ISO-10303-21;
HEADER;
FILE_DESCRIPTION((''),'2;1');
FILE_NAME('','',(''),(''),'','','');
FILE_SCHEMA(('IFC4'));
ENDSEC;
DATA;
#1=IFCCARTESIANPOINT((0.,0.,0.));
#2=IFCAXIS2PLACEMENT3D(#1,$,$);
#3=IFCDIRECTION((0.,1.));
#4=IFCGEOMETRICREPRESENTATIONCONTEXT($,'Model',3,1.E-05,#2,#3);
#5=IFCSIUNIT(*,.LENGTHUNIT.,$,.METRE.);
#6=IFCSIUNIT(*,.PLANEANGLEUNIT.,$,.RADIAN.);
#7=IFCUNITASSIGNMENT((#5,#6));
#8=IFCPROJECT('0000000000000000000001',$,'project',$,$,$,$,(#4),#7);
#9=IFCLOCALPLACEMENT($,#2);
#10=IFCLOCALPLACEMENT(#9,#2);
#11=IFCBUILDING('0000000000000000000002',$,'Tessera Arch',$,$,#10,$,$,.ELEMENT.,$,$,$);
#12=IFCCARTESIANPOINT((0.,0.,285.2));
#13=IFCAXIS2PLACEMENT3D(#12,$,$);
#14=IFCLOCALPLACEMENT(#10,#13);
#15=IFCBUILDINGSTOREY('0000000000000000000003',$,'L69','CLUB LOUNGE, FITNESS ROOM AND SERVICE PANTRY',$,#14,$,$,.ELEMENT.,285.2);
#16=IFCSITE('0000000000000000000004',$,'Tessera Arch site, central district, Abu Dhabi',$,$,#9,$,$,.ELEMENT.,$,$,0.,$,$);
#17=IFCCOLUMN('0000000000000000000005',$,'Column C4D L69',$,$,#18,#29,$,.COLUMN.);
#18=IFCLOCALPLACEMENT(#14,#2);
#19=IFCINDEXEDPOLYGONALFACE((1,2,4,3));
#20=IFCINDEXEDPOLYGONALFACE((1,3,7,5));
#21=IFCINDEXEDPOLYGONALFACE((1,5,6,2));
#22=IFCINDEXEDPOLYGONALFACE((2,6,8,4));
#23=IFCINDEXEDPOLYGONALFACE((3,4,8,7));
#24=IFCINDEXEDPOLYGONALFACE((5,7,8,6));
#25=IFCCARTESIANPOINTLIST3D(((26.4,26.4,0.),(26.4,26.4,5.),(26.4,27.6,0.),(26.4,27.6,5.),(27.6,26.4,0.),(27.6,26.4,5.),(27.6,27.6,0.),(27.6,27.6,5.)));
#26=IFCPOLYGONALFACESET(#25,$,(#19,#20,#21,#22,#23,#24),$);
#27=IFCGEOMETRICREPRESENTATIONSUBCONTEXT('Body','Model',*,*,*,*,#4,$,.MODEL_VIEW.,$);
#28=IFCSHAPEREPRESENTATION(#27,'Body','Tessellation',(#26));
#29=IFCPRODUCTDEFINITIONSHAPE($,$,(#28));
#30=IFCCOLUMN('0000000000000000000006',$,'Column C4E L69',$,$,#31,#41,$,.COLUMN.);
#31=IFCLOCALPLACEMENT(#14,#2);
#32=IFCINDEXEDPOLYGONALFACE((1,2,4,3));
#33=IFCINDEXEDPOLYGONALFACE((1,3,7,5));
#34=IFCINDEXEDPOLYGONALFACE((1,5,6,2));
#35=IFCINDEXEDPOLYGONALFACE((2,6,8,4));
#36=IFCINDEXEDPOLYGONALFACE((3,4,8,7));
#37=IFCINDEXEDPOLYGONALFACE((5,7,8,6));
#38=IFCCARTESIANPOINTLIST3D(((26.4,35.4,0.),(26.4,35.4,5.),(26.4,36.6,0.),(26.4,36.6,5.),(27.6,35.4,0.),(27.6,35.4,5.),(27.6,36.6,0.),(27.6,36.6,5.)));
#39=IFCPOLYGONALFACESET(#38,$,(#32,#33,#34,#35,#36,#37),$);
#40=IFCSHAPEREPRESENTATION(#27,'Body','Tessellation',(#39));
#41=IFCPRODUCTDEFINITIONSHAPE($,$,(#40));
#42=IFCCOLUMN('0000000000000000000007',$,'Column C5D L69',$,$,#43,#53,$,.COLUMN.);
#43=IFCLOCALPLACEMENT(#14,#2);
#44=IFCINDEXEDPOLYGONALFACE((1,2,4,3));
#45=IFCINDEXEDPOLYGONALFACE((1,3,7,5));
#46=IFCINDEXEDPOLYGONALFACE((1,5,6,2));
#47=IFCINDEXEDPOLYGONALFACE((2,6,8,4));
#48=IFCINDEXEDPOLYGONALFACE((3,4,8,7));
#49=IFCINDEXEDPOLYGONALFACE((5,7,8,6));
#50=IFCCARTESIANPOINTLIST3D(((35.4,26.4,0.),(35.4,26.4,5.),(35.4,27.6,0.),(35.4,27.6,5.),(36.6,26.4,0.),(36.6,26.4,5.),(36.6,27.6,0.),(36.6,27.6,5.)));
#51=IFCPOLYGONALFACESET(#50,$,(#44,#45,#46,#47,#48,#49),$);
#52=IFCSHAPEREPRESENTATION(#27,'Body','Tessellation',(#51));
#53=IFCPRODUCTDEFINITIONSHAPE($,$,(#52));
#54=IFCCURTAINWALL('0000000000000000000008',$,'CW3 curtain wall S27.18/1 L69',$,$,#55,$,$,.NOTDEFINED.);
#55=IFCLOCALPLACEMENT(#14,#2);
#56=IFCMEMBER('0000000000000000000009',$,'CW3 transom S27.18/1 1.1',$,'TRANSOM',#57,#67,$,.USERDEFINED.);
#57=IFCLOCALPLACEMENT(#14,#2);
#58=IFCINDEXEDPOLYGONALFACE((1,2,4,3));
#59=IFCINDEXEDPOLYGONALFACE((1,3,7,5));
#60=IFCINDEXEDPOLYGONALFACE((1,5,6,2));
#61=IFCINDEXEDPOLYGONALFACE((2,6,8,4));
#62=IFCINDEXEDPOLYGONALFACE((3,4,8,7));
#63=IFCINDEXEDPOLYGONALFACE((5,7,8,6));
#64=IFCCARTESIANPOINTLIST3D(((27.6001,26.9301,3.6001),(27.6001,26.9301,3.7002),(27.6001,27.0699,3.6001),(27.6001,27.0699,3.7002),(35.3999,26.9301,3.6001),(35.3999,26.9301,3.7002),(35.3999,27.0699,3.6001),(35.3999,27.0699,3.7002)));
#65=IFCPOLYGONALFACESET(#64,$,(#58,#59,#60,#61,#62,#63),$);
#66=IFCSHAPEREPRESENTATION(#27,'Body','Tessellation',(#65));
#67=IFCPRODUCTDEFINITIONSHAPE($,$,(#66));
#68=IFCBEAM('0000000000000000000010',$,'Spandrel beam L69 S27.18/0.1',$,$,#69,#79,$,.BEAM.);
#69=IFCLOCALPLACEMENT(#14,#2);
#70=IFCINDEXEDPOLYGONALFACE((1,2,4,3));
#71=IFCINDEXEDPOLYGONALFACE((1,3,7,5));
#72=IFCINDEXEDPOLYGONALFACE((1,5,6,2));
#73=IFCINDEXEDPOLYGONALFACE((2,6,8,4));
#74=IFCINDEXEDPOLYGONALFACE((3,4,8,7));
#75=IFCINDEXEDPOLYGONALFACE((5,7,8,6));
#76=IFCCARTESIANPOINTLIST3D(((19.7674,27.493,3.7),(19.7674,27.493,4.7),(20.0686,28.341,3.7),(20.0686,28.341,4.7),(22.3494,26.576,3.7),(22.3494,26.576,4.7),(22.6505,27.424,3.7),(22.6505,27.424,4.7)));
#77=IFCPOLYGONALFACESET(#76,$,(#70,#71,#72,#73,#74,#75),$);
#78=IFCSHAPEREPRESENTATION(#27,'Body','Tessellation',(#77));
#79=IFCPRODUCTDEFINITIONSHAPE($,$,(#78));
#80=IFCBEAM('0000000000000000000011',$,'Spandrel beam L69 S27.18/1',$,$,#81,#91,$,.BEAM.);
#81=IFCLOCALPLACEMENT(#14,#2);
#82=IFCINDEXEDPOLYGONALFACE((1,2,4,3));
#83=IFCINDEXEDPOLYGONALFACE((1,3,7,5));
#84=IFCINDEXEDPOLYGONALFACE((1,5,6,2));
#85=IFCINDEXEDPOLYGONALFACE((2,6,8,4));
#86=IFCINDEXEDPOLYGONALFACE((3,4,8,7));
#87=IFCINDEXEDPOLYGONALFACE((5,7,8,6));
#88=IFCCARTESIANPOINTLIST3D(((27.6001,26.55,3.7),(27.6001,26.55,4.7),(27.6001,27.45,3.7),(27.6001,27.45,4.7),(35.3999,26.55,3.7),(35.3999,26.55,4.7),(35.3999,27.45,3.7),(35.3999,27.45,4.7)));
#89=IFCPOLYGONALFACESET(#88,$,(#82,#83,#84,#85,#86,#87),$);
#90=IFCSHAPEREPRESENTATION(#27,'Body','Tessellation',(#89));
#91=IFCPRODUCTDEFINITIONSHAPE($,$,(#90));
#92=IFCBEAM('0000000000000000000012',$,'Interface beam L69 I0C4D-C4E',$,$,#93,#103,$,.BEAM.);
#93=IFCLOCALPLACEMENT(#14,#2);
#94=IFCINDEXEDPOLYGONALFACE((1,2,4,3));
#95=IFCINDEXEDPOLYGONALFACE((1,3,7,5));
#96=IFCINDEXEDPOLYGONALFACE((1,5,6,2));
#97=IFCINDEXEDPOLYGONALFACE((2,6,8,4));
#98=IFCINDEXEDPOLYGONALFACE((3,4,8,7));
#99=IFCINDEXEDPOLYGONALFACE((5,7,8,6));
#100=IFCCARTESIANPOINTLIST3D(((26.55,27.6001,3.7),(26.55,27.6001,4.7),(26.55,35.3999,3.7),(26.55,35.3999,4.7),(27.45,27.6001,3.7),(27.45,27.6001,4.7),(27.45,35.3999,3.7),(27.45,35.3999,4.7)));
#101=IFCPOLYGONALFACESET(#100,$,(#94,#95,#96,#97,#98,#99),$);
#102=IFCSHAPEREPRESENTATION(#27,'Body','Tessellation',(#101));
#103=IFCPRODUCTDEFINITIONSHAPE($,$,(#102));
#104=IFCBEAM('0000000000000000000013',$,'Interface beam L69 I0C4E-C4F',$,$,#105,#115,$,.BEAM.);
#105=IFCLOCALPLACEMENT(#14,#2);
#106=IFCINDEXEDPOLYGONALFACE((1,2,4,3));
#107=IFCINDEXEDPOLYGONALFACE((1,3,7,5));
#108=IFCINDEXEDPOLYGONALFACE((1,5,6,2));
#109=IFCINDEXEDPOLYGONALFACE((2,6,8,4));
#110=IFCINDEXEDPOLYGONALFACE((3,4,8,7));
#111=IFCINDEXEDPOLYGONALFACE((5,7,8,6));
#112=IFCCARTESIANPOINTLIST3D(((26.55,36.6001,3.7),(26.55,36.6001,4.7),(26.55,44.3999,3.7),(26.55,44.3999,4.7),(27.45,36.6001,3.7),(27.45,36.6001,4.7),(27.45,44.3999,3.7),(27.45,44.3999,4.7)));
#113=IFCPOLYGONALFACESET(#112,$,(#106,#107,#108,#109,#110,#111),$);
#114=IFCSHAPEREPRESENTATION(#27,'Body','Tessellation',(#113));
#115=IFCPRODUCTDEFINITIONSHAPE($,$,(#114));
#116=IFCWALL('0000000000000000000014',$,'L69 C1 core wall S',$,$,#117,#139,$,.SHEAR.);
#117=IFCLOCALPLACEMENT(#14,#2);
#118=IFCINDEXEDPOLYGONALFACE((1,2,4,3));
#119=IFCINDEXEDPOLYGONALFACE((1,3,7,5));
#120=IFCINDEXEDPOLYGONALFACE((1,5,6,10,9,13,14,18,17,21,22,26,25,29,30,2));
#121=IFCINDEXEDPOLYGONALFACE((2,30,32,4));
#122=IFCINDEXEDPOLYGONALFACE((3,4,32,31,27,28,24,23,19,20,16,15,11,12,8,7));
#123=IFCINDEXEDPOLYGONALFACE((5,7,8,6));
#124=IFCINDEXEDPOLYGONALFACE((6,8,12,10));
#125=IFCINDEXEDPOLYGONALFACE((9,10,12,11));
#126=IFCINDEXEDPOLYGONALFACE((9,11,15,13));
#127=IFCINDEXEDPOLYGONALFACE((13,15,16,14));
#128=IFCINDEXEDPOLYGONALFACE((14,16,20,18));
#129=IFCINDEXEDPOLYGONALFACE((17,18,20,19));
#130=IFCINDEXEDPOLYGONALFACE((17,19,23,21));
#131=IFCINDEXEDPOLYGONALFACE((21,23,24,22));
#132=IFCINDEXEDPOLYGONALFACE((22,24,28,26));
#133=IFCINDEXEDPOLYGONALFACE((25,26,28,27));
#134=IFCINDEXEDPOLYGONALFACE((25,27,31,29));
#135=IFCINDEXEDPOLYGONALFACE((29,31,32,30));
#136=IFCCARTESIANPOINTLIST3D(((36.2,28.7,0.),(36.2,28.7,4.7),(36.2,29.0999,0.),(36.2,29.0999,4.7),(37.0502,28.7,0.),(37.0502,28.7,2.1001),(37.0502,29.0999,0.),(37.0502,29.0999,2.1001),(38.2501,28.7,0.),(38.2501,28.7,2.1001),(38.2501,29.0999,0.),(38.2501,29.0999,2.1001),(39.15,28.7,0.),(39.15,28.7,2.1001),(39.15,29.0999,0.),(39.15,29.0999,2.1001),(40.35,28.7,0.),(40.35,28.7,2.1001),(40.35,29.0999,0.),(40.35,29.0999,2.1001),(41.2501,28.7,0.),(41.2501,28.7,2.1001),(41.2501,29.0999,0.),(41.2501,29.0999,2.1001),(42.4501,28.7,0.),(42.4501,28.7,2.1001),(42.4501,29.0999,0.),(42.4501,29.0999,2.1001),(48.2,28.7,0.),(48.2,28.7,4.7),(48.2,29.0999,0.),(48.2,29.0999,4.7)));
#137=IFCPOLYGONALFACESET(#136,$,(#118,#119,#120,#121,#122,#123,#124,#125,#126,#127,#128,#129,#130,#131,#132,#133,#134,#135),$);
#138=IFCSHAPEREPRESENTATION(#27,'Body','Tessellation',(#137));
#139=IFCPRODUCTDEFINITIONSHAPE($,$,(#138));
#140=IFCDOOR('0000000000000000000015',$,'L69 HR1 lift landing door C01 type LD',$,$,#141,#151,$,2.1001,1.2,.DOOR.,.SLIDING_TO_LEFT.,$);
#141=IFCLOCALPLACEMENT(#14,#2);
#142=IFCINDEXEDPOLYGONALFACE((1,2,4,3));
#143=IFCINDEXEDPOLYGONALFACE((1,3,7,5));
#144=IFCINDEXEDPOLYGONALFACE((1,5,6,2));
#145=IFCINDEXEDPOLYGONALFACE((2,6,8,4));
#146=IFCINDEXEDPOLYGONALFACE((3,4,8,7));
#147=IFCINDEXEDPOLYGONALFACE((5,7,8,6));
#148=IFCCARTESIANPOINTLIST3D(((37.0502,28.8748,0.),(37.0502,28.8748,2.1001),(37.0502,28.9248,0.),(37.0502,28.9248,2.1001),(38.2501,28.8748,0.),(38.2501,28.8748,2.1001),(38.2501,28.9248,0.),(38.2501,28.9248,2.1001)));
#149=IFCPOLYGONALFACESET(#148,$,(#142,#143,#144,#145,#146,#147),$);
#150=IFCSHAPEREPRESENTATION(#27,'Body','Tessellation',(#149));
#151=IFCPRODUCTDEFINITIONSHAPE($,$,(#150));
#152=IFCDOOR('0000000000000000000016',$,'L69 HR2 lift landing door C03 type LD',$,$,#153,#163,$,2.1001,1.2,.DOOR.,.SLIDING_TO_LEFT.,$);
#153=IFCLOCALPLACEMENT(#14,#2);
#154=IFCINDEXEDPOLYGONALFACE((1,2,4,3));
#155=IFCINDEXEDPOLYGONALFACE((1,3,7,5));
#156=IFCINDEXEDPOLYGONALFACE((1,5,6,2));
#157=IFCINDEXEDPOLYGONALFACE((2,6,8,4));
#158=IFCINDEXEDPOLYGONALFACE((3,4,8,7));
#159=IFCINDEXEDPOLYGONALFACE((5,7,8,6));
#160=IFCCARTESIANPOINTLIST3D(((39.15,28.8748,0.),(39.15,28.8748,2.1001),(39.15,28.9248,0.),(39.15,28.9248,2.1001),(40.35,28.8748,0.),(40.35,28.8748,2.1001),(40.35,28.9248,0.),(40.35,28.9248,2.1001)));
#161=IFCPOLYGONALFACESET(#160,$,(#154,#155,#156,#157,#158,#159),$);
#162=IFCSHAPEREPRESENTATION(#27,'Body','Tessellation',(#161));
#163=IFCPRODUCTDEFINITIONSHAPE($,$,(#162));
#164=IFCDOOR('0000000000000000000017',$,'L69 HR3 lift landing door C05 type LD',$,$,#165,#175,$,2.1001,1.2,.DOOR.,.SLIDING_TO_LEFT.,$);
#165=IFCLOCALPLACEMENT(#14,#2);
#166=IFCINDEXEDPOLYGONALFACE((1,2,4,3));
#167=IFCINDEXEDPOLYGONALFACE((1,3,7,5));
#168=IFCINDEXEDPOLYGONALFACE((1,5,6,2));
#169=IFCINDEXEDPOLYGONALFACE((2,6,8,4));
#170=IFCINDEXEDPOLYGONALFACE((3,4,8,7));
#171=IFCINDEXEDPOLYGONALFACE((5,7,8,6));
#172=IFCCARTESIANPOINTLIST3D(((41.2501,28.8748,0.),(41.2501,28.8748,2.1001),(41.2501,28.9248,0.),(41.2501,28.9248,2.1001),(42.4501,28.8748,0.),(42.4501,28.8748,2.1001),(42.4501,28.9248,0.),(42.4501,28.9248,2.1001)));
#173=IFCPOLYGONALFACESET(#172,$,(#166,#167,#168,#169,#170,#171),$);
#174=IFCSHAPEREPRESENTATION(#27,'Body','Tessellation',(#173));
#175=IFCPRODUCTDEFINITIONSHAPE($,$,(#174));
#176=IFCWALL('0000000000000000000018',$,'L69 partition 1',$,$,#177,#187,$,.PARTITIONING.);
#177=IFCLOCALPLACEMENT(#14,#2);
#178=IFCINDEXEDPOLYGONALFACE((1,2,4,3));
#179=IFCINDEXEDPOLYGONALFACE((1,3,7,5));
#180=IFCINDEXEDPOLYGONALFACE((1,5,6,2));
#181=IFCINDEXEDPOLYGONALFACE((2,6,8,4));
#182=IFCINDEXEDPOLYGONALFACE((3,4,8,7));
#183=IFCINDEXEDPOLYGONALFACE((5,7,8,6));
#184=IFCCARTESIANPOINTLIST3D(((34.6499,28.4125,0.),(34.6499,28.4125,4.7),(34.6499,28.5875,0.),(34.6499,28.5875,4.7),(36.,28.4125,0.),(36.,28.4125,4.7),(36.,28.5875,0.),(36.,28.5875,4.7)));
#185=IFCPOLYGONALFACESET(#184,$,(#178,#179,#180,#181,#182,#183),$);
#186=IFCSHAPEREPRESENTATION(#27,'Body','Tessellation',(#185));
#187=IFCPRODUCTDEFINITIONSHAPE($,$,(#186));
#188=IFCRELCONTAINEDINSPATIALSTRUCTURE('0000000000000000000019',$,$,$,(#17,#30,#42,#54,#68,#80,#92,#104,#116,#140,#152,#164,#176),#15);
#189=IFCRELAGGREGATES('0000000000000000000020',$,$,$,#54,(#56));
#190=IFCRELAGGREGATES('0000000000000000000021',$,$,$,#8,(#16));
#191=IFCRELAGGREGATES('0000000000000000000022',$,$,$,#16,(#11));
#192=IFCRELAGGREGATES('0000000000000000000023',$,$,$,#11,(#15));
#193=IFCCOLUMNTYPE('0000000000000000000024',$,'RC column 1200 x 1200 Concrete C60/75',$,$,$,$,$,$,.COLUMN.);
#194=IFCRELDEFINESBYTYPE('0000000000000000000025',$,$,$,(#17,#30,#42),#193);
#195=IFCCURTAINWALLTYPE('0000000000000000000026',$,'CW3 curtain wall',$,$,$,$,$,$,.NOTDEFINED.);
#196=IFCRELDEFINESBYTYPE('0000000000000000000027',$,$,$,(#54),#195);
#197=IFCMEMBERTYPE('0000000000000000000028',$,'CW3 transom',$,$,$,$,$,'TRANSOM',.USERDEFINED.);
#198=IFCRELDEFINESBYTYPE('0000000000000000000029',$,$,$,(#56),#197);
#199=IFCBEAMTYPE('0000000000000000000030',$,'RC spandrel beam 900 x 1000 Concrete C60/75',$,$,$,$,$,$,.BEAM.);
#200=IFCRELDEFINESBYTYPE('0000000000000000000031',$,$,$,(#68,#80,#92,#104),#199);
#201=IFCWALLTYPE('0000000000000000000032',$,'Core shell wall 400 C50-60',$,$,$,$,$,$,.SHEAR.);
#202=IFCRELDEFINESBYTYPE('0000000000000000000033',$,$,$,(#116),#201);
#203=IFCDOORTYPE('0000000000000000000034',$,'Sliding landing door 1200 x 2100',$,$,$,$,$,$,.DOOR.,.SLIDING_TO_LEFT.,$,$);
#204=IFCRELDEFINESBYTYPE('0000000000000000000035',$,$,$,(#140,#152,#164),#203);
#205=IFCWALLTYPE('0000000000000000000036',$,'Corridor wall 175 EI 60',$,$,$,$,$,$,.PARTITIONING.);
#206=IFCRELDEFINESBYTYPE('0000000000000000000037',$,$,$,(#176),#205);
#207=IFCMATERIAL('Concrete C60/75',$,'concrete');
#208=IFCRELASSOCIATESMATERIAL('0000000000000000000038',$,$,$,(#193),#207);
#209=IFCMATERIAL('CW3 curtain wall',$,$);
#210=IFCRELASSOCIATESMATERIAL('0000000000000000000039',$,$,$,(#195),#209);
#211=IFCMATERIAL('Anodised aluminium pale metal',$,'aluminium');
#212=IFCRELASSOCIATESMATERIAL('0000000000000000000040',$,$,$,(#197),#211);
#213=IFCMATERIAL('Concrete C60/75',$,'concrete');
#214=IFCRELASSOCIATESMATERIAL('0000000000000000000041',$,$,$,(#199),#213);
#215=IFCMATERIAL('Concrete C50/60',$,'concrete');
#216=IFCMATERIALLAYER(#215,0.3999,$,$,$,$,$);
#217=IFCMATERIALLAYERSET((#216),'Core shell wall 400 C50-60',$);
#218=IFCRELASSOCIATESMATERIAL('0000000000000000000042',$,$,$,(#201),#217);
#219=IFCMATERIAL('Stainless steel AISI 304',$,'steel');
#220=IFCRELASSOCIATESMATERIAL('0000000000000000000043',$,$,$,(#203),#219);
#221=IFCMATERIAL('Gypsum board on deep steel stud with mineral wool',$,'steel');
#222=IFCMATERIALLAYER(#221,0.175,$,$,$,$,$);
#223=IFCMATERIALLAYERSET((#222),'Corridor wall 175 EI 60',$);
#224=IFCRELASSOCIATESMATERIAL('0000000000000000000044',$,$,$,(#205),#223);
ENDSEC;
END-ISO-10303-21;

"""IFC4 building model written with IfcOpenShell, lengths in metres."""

from ifc_helpers import new_model, si_unit, direction, frame, frame_2d, origin, origin_2d, place, context, subcontext, project, spatial, rectangle, extrude, material, layer, layer_set, material_profile, profile_set, type_object, element, fill, aggregate, save


model = new_model("IFC4")

# Units and contexts
model_context = context("Model", 3, precision=1e-05, world=origin(), true_north=direction((0.0, 1.0)))
body_context = subcontext(model_context, "Body", "Model", "MODEL_VIEW")
ifc_project = project(units=[si_unit("LENGTHUNIT", "METRE"), si_unit("PLANEANGLEUNIT", "RADIAN")], contexts=[model_context])

# Site, building, storey
site_placement = place(None, origin())
site = spatial("IfcSite", under=ifc_project, at=site_placement, Name="Tessera Arch site, central district, Abu Dhabi", CompositionType="ELEMENT", RefElevation=0.0)
building_placement = place(site_placement, origin())
building = spatial("IfcBuilding", under=site, at=building_placement, Name="Tessera Arch", CompositionType="ELEMENT")
storey_placement = place(building_placement, frame((0.0, 0.0, 285.2)))
storey = spatial("IfcBuildingStorey", under=building, at=storey_placement, Name="L69", Description="CLUB LOUNGE, FITNESS ROOM AND SERVICE PANTRY", CompositionType="ELEMENT", Elevation=285.2)

# Columns
ifc_material_1 = material(Name="Concrete C60/75", Category="concrete")
ifc_material_profile_1 = material_profile(ifc_material_1, rectangle(XDim=1.2, YDim=1.2, at=origin_2d()), Name="RC column 1200 x 1200 Concrete C60/75")
ifc_profile_set_1 = profile_set([ifc_material_profile_1], Name="Concrete C60/75")
column_type = type_object("IfcColumnType", Name="RC column 1200 x 1200 Concrete C60/75", PredefinedType="COLUMN", material=ifc_profile_set_1)
for number, where, z_axis, x_axis, name in (
    (1, (27.0, 27.0, 0.0), (0.0, 0.0, 1.0), (1.0, 0.0, 0.0), "Column C4D L69"),
    (2, (27.0, 36.0, 0.0), (0.0, 0.0, 1.0), (1.0, 0.0, 0.0), "Column C4E L69"),
    (3, (36.0, 27.0, 0.0), (0.0, 0.0, 1.0), (1.0, 0.0, 0.0), "Column C5D L69"),
):
    element("IfcColumn", number, at=place(storey_placement, frame(where, z_axis=z_axis, x_axis=x_axis)), inside=storey, type_object=column_type, Name=name, PredefinedType="COLUMN", context=body_context, shape_type="SweptSolid", body=[
        extrude(rectangle(XDim=1.2, YDim=1.2, at=origin_2d()), origin(), (0.0, 0.0, 1.0), 5.0),
    ])

# Curtain wall, member
ifc_material_2 = material(Name="CW3 curtain wall")
curtain_wall_type = type_object("IfcCurtainWallType", Name="CW3 curtain wall", PredefinedType="NOTDEFINED", material=ifc_material_2)
curtain_wall_placement = place(storey_placement, origin())
curtain_wall = element("IfcCurtainWall", 4, at=curtain_wall_placement, inside=storey, type_object=curtain_wall_type, Name="CW3 curtain wall S27.18/1 L69", PredefinedType="NOTDEFINED")
ifc_material_3 = material(Name="Anodised aluminium pale metal", Category="aluminium")
ifc_material_profile_2 = material_profile(ifc_material_3, rectangle(XDim=0.1399, YDim=0.1001, at=origin_2d()), Name="AL 140x100")
ifc_profile_set_2 = profile_set([ifc_material_profile_2], Name="Anodised aluminium pale metal")
member_type = type_object("IfcMemberType", Name="CW3 transom", ElementType="TRANSOM", PredefinedType="USERDEFINED", material=ifc_profile_set_2)
member_placement = place(storey_placement, frame((27.6001, 27.0, 3.6501), z_axis=(1.0, 0.0, 0.0), x_axis=(0.0, 1.0, 0.0)))
member = element("IfcMember", 5, at=member_placement, type_object=member_type, Name="CW3 transom S27.18/1 1.1", ObjectType="TRANSOM", PredefinedType="USERDEFINED", context=body_context, shape_type="SweptSolid", body=[
    extrude(rectangle(XDim=0.1399, YDim=0.1001, at=origin_2d()), origin(), (0.0, 0.0, 1.0), 7.7998),
])
aggregate(curtain_wall, [member])

# Beams
ifc_material_4 = material(Name="Concrete C60/75", Category="concrete")
ifc_material_profile_3 = material_profile(ifc_material_4, rectangle(XDim=0.8999, YDim=1.0, at=origin_2d()), Name="RC spandrel beam 900 x 1000 Concrete C60/75")
ifc_profile_set_3 = profile_set([ifc_material_profile_3], Name="Concrete C60/75")
beam_type = type_object("IfcBeamType", Name="RC spandrel beam 900 x 1000 Concrete C60/75", PredefinedType="BEAM", material=ifc_profile_set_3)
beam_placement = place(storey_placement, frame((19.918, 27.917, 4.2), z_axis=(0.942337, -0.334665, 0.0), x_axis=(0.334665, 0.942337, 0.0)))
element("IfcBeam", 6, at=beam_placement, inside=storey, type_object=beam_type, Name="Spandrel beam L69 S27.18/0.1", PredefinedType="BEAM", context=body_context, shape_type="SweptSolid", body=[
    extrude(rectangle(XDim=0.8999, YDim=1.0, at=origin_2d()), origin(), (0.0, 0.0, 1.0), 2.74),
])
for number, where, z_axis, x_axis, name in (
    (7, (27.6001, 27.0, 4.2), (1.0, 0.0, 0.0), (0.0, 1.0, 0.0), "Spandrel beam L69 S27.18/1"),
    (8, (27.0, 27.6001, 4.2), (0.0, 1.0, 0.0), (-1.0, 0.0, 0.0), "Interface beam L69 I0C4D-C4E"),
    (9, (27.0, 36.6001, 4.2), (0.0, 1.0, 0.0), (-1.0, 0.0, 0.0), "Interface beam L69 I0C4E-C4F"),
):
    element("IfcBeam", number, at=place(storey_placement, frame(where, z_axis=z_axis, x_axis=x_axis)), inside=storey, type_object=beam_type, Name=name, PredefinedType="BEAM", context=body_context, shape_type="SweptSolid", body=[
        extrude(rectangle(XDim=0.8999, YDim=1.0, at=origin_2d()), origin(), (0.0, 0.0, 1.0), 7.7998),
    ])

# Wall, openings, doors
ifc_material_5 = material(Name="Concrete C50/60", Category="concrete")
ifc_layer_1 = layer(ifc_material_5, 0.3999)
ifc_layer_set_1 = layer_set([ifc_layer_1], Name="Core shell wall 400 C50-60")
wall_type_1 = type_object("IfcWallType", Name="Core shell wall 400 C50-60", PredefinedType="SHEAR", material=ifc_layer_set_1)
wall_1_placement = place(storey_placement, frame((36.2, 28.8999, 0.0), z_axis=(0.0, 0.0, 1.0), x_axis=(1.0, 0.0, 0.0)))
wall_1 = element("IfcWall", 10, at=wall_1_placement, inside=storey, type_object=wall_type_1, Name="L69 C1 core wall S", PredefinedType="SHEAR", context=body_context, shape_type="SweptSolid", body=[
    extrude(rectangle(XDim=12.0, YDim=0.3999, at=frame_2d((6.0, 0.0))), origin(), (0.0, 0.0, 1.0), 4.7),
])
opening_1_placement = place(wall_1_placement, frame((0.8501, 0.0, 0.0)))
opening_1 = element("IfcOpeningElement", 11, at=opening_1_placement, cuts=wall_1, PredefinedType="OPENING", context=body_context, shape_type="SweptSolid", body=[
    extrude(rectangle(XDim=1.2, YDim=2.1001, at=frame_2d((0.6001, 1.05))), frame((0.0, 0.21, 0.0), z_axis=(0.0, -1.0, 0.0), x_axis=(1.0, 0.0, 0.0)), (0.0, 0.0, 1.0), 0.4199),
])
opening_2_placement = place(wall_1_placement, frame((2.95, 0.0, 0.0)))
opening_2 = element("IfcOpeningElement", 12, at=opening_2_placement, cuts=wall_1, PredefinedType="OPENING", context=body_context, shape_type="SweptSolid", body=[
    extrude(rectangle(XDim=1.2, YDim=2.1001, at=frame_2d((0.6001, 1.05))), frame((0.0, 0.21, 0.0), z_axis=(0.0, -1.0, 0.0), x_axis=(1.0, 0.0, 0.0)), (0.0, 0.0, 1.0), 0.4199),
])
opening_3_placement = place(wall_1_placement, frame((5.05, 0.0, 0.0)))
opening_3 = element("IfcOpeningElement", 13, at=opening_3_placement, cuts=wall_1, PredefinedType="OPENING", context=body_context, shape_type="SweptSolid", body=[
    extrude(rectangle(XDim=1.2, YDim=2.1001, at=frame_2d((0.6001, 1.05))), frame((0.0, 0.21, 0.0), z_axis=(0.0, -1.0, 0.0), x_axis=(1.0, 0.0, 0.0)), (0.0, 0.0, 1.0), 0.4199),
])
ifc_material_6 = material(Name="Stainless steel AISI 304", Category="steel")
door_type_1 = type_object("IfcDoorType", Name="Sliding landing door 1200 x 2100", OperationType="SLIDING_TO_LEFT", PredefinedType="DOOR", material=ifc_material_6)
door_1_placement = place(opening_1_placement, origin())
door_1 = element("IfcDoor", 14, at=door_1_placement, inside=storey, type_object=door_type_1, Name="L69 HR1 lift landing door C01 type LD", OperationType="SLIDING_TO_LEFT", OverallHeight=2.1001, OverallWidth=1.2, PredefinedType="DOOR", context=body_context, shape_type="SweptSolid", body=[
    extrude(rectangle(XDim=1.2, YDim=2.1001, at=frame_2d((0.6001, 1.05))), frame((0.0, 0.0249, 0.0), z_axis=(0.0, -1.0, 0.0), x_axis=(1.0, 0.0, 0.0)), (0.0, 0.0, 1.0), 0.05),
])
fill(opening_1, door_1)
door_2_placement = place(opening_2_placement, origin())
door_2 = element("IfcDoor", 15, at=door_2_placement, inside=storey, type_object=door_type_1, Name="L69 HR2 lift landing door C03 type LD", OperationType="SLIDING_TO_LEFT", OverallHeight=2.1001, OverallWidth=1.2, PredefinedType="DOOR", context=body_context, shape_type="SweptSolid", body=[
    extrude(rectangle(XDim=1.2, YDim=2.1001, at=frame_2d((0.6001, 1.05))), frame((0.0, 0.0249, 0.0), z_axis=(0.0, -1.0, 0.0), x_axis=(1.0, 0.0, 0.0)), (0.0, 0.0, 1.0), 0.05),
])
fill(opening_2, door_2)
door_3_placement = place(opening_3_placement, origin())
door_3 = element("IfcDoor", 16, at=door_3_placement, inside=storey, type_object=door_type_1, Name="L69 HR3 lift landing door C05 type LD", OperationType="SLIDING_TO_LEFT", OverallHeight=2.1001, OverallWidth=1.2, PredefinedType="DOOR", context=body_context, shape_type="SweptSolid", body=[
    extrude(rectangle(XDim=1.2, YDim=2.1001, at=frame_2d((0.6001, 1.05))), frame((0.0, 0.0249, 0.0), z_axis=(0.0, -1.0, 0.0), x_axis=(1.0, 0.0, 0.0)), (0.0, 0.0, 1.0), 0.05),
])
fill(opening_3, door_3)

# Wall
ifc_material_7 = material(Name="Gypsum board on deep steel stud with mineral wool", Category="steel")
ifc_layer_2 = layer(ifc_material_7, 0.175)
ifc_layer_set_2 = layer_set([ifc_layer_2], Name="Corridor wall 175 EI 60")
wall_type_2 = type_object("IfcWallType", Name="Corridor wall 175 EI 60", PredefinedType="PARTITIONING", material=ifc_layer_set_2)
wall_2_placement = place(storey_placement, frame((34.6499, 28.5, 0.0), z_axis=(0.0, 0.0, 1.0), x_axis=(1.0, 0.0, 0.0)))
element("IfcWall", 17, at=wall_2_placement, inside=storey, type_object=wall_type_2, Name="L69 partition 1", PredefinedType="PARTITIONING", context=body_context, shape_type="SweptSolid", body=[
    extrude(rectangle(XDim=1.3501, YDim=0.175, at=frame_2d((0.675, 0.0))), origin(), (0.0, 0.0, 1.0), 4.7),
])

save(model, "model.ifc")
